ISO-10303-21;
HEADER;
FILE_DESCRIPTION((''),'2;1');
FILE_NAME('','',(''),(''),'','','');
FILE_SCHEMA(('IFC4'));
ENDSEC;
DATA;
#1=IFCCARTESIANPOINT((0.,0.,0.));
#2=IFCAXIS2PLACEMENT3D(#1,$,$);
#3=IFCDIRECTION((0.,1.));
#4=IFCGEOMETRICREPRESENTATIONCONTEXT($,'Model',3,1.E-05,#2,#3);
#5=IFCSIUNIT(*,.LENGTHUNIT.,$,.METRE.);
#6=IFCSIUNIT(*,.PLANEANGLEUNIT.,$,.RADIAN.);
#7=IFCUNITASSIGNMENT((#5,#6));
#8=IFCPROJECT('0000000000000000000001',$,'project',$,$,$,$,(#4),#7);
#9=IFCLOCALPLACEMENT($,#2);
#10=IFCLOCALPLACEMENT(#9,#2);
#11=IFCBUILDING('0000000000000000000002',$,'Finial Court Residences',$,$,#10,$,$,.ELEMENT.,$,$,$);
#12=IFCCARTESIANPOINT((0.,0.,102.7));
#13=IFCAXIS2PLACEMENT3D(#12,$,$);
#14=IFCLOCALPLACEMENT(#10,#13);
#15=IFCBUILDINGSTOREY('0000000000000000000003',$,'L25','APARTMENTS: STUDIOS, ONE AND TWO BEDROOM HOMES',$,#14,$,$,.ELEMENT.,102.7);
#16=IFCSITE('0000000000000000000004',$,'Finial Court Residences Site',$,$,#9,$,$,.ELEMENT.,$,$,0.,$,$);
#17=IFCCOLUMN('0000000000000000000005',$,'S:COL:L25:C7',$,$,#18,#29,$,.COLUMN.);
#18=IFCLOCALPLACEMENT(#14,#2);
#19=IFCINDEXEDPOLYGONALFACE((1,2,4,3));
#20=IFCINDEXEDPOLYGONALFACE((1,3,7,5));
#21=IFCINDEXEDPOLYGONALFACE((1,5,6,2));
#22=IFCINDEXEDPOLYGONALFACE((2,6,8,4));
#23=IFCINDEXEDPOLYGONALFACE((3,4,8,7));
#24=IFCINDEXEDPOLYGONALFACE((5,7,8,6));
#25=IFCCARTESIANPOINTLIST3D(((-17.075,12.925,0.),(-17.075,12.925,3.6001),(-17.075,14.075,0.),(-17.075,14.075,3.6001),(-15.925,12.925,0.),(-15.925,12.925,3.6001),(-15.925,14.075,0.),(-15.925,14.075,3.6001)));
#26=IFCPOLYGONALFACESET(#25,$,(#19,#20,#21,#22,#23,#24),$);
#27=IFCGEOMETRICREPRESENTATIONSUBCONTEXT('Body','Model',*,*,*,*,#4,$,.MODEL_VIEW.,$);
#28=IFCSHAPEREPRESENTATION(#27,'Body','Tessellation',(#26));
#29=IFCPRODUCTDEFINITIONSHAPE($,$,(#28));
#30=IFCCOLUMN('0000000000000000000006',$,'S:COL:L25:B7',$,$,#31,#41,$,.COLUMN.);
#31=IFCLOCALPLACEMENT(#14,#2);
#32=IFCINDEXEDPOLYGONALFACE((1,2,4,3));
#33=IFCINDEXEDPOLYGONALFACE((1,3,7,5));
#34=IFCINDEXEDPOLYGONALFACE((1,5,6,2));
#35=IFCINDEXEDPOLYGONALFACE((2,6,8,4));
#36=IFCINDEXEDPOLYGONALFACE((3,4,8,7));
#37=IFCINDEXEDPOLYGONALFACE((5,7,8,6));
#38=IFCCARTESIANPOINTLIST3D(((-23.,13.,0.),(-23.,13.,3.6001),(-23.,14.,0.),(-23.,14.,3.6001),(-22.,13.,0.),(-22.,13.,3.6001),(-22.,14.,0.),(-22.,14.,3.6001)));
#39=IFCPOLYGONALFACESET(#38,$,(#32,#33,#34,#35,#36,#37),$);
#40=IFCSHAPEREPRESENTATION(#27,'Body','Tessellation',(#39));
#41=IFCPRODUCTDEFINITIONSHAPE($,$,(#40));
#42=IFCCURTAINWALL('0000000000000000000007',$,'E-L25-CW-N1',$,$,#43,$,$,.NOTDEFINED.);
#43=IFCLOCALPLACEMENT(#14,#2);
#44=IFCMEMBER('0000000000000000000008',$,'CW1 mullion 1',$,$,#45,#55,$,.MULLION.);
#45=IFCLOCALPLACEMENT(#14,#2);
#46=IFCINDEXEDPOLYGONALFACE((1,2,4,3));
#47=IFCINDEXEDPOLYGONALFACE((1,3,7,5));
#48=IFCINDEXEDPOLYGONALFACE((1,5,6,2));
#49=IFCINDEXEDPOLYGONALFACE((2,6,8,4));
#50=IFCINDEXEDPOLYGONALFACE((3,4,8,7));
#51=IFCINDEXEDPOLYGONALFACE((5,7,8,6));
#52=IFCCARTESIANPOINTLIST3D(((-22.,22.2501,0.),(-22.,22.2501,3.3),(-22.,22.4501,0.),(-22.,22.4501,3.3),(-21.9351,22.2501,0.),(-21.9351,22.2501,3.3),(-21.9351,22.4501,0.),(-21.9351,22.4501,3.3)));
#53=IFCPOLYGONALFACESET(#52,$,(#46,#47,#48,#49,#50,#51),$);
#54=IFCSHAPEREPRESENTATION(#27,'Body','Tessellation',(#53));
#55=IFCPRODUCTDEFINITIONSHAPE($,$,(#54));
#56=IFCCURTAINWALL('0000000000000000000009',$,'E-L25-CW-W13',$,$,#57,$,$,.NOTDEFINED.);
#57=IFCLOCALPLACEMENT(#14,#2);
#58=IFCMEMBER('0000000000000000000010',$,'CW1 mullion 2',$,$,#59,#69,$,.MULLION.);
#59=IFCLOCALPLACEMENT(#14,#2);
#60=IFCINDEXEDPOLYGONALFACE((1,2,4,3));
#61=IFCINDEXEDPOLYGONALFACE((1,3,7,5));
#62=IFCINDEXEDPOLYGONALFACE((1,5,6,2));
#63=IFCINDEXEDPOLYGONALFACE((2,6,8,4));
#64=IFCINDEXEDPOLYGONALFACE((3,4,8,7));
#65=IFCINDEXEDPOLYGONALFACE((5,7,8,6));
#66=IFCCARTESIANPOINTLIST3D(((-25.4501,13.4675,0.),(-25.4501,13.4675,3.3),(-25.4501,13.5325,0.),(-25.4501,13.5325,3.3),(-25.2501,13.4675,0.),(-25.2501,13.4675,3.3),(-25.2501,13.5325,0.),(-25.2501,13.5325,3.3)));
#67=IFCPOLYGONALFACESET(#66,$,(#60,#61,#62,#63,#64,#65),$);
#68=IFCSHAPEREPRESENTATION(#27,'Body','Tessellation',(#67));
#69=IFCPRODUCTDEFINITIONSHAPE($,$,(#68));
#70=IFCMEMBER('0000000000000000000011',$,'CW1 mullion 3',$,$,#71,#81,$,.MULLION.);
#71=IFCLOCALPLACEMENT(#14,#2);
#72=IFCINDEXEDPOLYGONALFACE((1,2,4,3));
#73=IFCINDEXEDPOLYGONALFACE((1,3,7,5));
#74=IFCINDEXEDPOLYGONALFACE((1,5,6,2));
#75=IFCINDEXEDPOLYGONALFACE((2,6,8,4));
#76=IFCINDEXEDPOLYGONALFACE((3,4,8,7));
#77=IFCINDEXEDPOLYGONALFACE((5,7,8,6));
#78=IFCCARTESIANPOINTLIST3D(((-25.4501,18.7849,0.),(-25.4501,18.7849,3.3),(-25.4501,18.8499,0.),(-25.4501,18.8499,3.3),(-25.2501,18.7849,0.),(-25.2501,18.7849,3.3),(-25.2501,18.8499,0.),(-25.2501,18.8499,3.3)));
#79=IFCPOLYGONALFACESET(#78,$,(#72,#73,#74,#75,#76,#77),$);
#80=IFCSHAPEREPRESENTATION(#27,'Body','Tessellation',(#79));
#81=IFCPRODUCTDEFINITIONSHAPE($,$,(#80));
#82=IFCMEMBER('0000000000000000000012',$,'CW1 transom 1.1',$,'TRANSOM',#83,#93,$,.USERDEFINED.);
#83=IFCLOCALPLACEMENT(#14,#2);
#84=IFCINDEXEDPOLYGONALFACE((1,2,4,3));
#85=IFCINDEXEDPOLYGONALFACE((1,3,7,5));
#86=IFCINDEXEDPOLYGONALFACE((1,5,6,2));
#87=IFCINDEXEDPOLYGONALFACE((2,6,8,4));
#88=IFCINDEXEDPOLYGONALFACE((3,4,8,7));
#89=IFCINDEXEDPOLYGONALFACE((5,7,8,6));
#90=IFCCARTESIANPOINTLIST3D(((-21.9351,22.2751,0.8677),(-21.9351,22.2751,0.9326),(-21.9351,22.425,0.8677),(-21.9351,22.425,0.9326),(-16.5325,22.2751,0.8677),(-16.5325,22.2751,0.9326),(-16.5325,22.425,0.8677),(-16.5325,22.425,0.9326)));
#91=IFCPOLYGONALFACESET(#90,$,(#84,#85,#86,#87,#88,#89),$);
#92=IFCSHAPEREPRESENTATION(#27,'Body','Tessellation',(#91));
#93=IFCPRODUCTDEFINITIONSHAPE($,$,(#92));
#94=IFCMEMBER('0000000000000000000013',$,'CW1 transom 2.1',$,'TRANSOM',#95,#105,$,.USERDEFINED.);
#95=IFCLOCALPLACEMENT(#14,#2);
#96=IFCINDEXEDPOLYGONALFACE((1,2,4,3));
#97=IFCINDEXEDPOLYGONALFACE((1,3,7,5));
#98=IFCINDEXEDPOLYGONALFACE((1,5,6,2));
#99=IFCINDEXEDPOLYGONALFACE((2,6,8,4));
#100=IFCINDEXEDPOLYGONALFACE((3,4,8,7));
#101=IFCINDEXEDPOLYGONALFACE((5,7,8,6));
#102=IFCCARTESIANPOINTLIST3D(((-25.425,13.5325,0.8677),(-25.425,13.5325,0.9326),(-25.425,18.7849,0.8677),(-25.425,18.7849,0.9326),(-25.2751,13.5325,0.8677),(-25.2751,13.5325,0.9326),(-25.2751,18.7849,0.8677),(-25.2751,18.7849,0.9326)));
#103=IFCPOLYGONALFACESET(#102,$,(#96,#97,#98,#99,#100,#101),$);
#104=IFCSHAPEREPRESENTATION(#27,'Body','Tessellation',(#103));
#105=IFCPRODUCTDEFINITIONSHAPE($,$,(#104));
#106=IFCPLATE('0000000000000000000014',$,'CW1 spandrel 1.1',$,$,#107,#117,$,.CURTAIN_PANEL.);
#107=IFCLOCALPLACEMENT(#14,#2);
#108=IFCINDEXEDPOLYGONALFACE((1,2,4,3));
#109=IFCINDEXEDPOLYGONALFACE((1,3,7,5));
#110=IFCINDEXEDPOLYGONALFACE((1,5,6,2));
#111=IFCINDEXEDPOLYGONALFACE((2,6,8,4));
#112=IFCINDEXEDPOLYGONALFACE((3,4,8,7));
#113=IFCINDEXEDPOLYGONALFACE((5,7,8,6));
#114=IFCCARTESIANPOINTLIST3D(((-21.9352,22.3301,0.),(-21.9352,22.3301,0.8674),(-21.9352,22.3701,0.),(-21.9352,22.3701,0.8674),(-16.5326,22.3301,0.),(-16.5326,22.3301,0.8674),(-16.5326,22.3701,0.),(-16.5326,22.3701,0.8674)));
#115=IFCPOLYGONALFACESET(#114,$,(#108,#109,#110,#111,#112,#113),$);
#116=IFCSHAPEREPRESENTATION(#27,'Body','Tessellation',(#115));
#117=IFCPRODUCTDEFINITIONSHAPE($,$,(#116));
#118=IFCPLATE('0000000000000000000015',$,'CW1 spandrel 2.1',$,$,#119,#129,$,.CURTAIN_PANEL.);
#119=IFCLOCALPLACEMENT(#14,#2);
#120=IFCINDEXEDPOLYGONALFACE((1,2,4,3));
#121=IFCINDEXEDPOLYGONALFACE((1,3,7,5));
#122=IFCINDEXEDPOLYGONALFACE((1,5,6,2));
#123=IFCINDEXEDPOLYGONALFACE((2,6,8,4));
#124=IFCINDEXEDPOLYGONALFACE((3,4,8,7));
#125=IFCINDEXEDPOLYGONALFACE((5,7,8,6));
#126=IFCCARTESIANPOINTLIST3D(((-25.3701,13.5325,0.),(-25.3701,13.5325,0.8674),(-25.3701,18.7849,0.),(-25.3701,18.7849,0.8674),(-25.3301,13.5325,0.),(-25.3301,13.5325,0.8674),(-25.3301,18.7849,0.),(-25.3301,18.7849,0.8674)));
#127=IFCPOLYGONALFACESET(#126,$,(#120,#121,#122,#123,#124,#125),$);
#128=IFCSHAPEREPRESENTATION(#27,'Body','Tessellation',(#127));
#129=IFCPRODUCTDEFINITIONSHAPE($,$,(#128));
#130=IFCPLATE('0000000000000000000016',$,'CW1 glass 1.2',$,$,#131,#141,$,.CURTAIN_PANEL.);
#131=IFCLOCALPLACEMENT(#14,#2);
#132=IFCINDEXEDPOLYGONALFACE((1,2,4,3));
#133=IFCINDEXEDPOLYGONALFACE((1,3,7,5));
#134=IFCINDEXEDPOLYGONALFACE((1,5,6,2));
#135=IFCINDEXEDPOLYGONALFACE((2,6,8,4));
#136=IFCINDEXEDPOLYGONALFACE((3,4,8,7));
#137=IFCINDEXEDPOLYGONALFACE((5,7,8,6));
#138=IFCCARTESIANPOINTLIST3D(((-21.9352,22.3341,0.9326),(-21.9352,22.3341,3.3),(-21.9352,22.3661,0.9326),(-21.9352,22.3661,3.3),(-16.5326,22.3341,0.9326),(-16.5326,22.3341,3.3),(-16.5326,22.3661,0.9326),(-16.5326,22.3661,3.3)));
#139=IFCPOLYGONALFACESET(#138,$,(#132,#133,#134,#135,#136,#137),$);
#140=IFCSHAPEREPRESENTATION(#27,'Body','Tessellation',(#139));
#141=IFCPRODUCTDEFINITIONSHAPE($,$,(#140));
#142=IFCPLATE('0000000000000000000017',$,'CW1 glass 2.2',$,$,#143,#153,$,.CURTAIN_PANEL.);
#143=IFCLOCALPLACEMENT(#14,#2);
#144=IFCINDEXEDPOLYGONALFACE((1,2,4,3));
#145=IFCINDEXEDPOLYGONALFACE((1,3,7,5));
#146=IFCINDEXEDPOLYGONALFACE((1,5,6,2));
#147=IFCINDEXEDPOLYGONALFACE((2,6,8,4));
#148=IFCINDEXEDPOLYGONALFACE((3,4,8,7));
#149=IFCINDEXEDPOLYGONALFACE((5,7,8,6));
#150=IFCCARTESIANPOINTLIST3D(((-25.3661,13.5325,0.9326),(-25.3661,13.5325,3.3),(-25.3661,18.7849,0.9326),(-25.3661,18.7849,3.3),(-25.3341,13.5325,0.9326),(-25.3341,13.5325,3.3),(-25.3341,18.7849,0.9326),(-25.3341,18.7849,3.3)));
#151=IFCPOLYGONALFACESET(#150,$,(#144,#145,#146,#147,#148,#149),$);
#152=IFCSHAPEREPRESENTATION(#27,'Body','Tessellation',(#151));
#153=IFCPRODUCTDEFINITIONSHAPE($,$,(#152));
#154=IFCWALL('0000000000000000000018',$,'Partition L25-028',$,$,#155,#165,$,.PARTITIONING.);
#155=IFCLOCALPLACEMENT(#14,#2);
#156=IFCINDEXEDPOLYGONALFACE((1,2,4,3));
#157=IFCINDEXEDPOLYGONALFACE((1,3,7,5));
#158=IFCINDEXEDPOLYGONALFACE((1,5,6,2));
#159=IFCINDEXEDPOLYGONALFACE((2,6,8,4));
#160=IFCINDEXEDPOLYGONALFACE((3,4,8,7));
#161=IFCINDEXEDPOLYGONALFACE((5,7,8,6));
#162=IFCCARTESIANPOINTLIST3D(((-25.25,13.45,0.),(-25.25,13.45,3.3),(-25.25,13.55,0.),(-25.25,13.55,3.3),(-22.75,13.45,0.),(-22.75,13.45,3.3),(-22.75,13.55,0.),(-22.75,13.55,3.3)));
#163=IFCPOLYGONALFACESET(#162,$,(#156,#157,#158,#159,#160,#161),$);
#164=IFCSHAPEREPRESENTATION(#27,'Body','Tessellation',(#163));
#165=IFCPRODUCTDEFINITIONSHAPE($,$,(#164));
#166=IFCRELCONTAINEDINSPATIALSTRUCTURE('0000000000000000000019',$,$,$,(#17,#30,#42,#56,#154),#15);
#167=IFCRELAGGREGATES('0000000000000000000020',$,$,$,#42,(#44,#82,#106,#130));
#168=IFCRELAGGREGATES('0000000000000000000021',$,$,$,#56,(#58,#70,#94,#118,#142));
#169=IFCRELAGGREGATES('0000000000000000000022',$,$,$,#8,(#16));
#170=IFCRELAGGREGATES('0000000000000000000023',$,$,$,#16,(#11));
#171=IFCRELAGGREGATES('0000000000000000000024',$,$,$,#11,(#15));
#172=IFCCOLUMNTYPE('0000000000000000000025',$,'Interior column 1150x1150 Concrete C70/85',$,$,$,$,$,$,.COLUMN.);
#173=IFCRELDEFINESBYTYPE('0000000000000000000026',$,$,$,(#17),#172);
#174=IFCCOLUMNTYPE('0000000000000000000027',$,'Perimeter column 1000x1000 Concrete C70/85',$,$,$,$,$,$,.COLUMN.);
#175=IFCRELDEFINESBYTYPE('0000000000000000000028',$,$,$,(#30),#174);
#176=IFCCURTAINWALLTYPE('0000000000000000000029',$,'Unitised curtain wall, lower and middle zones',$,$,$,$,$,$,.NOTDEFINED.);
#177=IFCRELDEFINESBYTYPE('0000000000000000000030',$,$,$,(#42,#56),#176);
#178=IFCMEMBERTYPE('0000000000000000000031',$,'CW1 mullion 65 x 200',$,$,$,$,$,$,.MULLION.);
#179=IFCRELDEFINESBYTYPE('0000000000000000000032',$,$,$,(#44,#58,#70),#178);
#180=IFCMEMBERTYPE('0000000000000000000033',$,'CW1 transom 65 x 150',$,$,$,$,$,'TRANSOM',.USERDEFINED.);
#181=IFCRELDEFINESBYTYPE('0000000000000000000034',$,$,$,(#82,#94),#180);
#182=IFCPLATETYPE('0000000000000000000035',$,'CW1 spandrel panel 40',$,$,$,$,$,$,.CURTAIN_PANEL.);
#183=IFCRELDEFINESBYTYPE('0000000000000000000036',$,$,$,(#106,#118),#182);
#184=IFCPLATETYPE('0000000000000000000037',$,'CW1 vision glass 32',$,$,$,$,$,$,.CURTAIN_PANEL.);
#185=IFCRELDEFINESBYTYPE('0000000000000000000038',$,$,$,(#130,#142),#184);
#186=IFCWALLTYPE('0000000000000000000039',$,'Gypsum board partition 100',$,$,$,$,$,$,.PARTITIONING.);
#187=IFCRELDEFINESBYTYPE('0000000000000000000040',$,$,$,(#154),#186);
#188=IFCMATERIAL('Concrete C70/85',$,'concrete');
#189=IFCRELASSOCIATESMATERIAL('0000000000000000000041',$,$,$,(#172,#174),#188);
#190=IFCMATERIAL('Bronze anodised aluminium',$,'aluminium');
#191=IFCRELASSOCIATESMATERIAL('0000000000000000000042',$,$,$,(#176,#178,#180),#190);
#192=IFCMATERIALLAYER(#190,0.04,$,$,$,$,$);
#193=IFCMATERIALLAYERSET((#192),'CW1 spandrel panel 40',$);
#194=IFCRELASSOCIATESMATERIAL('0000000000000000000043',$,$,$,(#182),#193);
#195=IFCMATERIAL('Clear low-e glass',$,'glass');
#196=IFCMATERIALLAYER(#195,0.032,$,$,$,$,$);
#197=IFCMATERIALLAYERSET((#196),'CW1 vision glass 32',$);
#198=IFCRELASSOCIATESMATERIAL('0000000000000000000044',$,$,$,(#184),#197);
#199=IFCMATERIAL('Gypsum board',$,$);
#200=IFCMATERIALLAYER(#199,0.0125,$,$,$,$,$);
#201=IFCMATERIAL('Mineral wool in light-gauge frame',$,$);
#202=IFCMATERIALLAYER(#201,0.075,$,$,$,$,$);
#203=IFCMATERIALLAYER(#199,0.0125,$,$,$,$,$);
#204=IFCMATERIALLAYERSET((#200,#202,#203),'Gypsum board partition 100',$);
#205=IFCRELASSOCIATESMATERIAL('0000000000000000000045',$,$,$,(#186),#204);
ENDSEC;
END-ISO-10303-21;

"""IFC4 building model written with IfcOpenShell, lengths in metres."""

from ifc_helpers import new_model, si_unit, direction, frame, frame_2d, origin, origin_2d, place, context, subcontext, project, spatial, rectangle, extrude, material, layer, layer_set, material_profile, profile_set, type_object, element, aggregate, save


model = new_model("IFC4")

# Units and contexts
model_context = context("Model", 3, precision=1e-05, world=origin(), true_north=direction((0.0, 1.0)))
body_context = subcontext(model_context, "Body", "Model", "MODEL_VIEW")
ifc_project = project(units=[si_unit("LENGTHUNIT", "METRE"), si_unit("PLANEANGLEUNIT", "RADIAN")], contexts=[model_context])

# Site, building, storey
site_placement = place(None, origin())
site = spatial("IfcSite", under=ifc_project, at=site_placement, Name="Finial Court Residences Site", CompositionType="ELEMENT", RefElevation=0.0)
building_placement = place(site_placement, origin())
building = spatial("IfcBuilding", under=site, at=building_placement, Name="Finial Court Residences", CompositionType="ELEMENT")
storey_placement = place(building_placement, frame((0.0, 0.0, 102.7)))
storey = spatial("IfcBuildingStorey", under=building, at=storey_placement, Name="L25", Description="APARTMENTS: STUDIOS, ONE AND TWO BEDROOM HOMES", CompositionType="ELEMENT", Elevation=102.7)

# Columns
ifc_material_1 = material(Name="Concrete C70/85", Category="concrete")
ifc_material_profile_1 = material_profile(ifc_material_1, rectangle(XDim=1.1499, YDim=1.1499, at=origin_2d()), Name="1150x1150")
ifc_profile_set_1 = profile_set([ifc_material_profile_1], Name="Concrete C70/85")
column_type_1 = type_object("IfcColumnType", Name="Interior column 1150x1150 Concrete C70/85", PredefinedType="COLUMN", material=ifc_profile_set_1)
column_1_placement = place(storey_placement, frame((-16.5, 13.5, 0.0), z_axis=(0.0, 0.0, 1.0), x_axis=(1.0, 0.0, 0.0)))
element("IfcColumn", 1, at=column_1_placement, inside=storey, type_object=column_type_1, Name="S:COL:L25:C7", PredefinedType="COLUMN", context=body_context, shape_type="SweptSolid", body=[
    extrude(rectangle(XDim=1.1499, YDim=1.1499, at=origin_2d()), origin(), (0.0, 0.0, 1.0), 3.6001),
])
ifc_material_profile_2 = material_profile(ifc_material_1, rectangle(XDim=1.0, YDim=1.0, at=origin_2d()), Name="1000x1000")
ifc_profile_set_2 = profile_set([ifc_material_profile_2], Name="Concrete C70/85")
column_type_2 = type_object("IfcColumnType", Name="Perimeter column 1000x1000 Concrete C70/85", PredefinedType="COLUMN", material=ifc_profile_set_2)
column_2_placement = place(storey_placement, frame((-22.5, 13.5, 0.0), z_axis=(0.0, 0.0, 1.0), x_axis=(1.0, 0.0, 0.0)))
element("IfcColumn", 2, at=column_2_placement, inside=storey, type_object=column_type_2, Name="S:COL:L25:B7", PredefinedType="COLUMN", context=body_context, shape_type="SweptSolid", body=[
    extrude(rectangle(XDim=1.0, YDim=1.0, at=origin_2d()), origin(), (0.0, 0.0, 1.0), 3.6001),
])

# Curtain wall, member
ifc_material_2 = material(Name="Bronze anodised aluminium", Category="aluminium")
curtain_wall_type = type_object("IfcCurtainWallType", Name="Unitised curtain wall, lower and middle zones", PredefinedType="NOTDEFINED", material=ifc_material_2)
curtain_wall_1_placement = place(storey_placement, origin())
curtain_wall_1 = element("IfcCurtainWall", 3, at=curtain_wall_1_placement, inside=storey, type_object=curtain_wall_type, Name="E-L25-CW-N1", PredefinedType="NOTDEFINED")
ifc_material_profile_3 = material_profile(ifc_material_2, rectangle(XDim=0.2, YDim=0.0649, at=origin_2d()), Name="CW1 mullion 65 x 200")
ifc_profile_set_3 = profile_set([ifc_material_profile_3], Name="Bronze anodised aluminium")
member_type_1 = type_object("IfcMemberType", Name="CW1 mullion 65 x 200", PredefinedType="MULLION", material=ifc_profile_set_3)
member_1_placement = place(storey_placement, frame((-21.9675, 22.3501, 0.0), z_axis=(0.0, 0.0, 1.0), x_axis=(0.0, 1.0, 0.0)))
member_1 = element("IfcMember", 4, at=member_1_placement, type_object=member_type_1, Name="CW1 mullion 1", PredefinedType="MULLION", context=body_context, shape_type="SweptSolid", body=[
    extrude(rectangle(XDim=0.2, YDim=0.0649, at=origin_2d()), origin(), (0.0, 0.0, 1.0), 3.3),
])

# Curtain wall, members
curtain_wall_2_placement = place(storey_placement, origin())
curtain_wall_2 = element("IfcCurtainWall", 5, at=curtain_wall_2_placement, inside=storey, type_object=curtain_wall_type, Name="E-L25-CW-W13", PredefinedType="NOTDEFINED")
member_2_placement = place(storey_placement, frame((-25.3501, 13.5, 0.0), z_axis=(0.0, 0.0, 1.0), x_axis=(-1.0, 0.0, 0.0)))
member_2 = element("IfcMember", 6, at=member_2_placement, type_object=member_type_1, Name="CW1 mullion 2", PredefinedType="MULLION", context=body_context, shape_type="SweptSolid", body=[
    extrude(rectangle(XDim=0.2, YDim=0.0649, at=origin_2d()), origin(), (0.0, 0.0, 1.0), 3.3),
])
member_3_placement = place(storey_placement, frame((-25.3501, 18.8174, 0.0), z_axis=(0.0, 0.0, 1.0), x_axis=(-1.0, 0.0, 0.0)))
member_3 = element("IfcMember", 7, at=member_3_placement, type_object=member_type_1, Name="CW1 mullion 3", PredefinedType="MULLION", context=body_context, shape_type="SweptSolid", body=[
    extrude(rectangle(XDim=0.2, YDim=0.0649, at=origin_2d()), origin(), (0.0, 0.0, 1.0), 3.3),
])

# Members
ifc_material_profile_4 = material_profile(ifc_material_2, rectangle(XDim=0.1499, YDim=0.0649, at=origin_2d()), Name="CW1 transom 65 x 150")
ifc_profile_set_4 = profile_set([ifc_material_profile_4], Name="Bronze anodised aluminium")
member_type_2 = type_object("IfcMemberType", Name="CW1 transom 65 x 150", ElementType="TRANSOM", PredefinedType="USERDEFINED", material=ifc_profile_set_4)
member_4_placement = place(storey_placement, frame((-21.9351, 22.3501, 0.9001), z_axis=(1.0, 0.0, 0.0), x_axis=(0.0, 1.0, 0.0)))
member_4 = element("IfcMember", 8, at=member_4_placement, type_object=member_type_2, Name="CW1 transom 1.1", ObjectType="TRANSOM", PredefinedType="USERDEFINED", context=body_context, shape_type="SweptSolid", body=[
    extrude(rectangle(XDim=0.1499, YDim=0.0649, at=origin_2d()), origin(), (0.0, 0.0, 1.0), 5.4026),
])
member_5_placement = place(storey_placement, frame((-25.3501, 13.5325, 0.9001), z_axis=(0.0, 1.0, 0.0), x_axis=(-1.0, 0.0, 0.0)))
member_5 = element("IfcMember", 9, at=member_5_placement, type_object=member_type_2, Name="CW1 transom 2.1", ObjectType="TRANSOM", PredefinedType="USERDEFINED", context=body_context, shape_type="SweptSolid", body=[
    extrude(rectangle(XDim=0.1499, YDim=0.0649, at=origin_2d()), origin(), (0.0, 0.0, 1.0), 5.2524),
])

# Plates
ifc_layer_1 = layer(ifc_material_2, 0.04)
ifc_layer_set_1 = layer_set([ifc_layer_1], Name="CW1 spandrel panel 40")
plate_type_1 = type_object("IfcPlateType", Name="CW1 spandrel panel 40", PredefinedType="CURTAIN_PANEL", material=ifc_layer_set_1)
plate_1_placement = place(storey_placement, frame((-19.2339, 22.3501, 0.0), z_axis=(0.0, 0.0, 1.0), x_axis=(1.0, 0.0, 0.0)))
plate_1 = element("IfcPlate", 10, at=plate_1_placement, type_object=plate_type_1, Name="CW1 spandrel 1.1", PredefinedType="CURTAIN_PANEL", context=body_context, shape_type="SweptSolid", body=[
    extrude(rectangle(XDim=5.4026, YDim=0.04, at=origin_2d()), origin(), (0.0, 0.0, 1.0), 0.8674),
])
plate_2_placement = place(storey_placement, frame((-25.3501, 16.1587, 0.0), z_axis=(0.0, 0.0, 1.0), x_axis=(0.0, 1.0, 0.0)))
plate_2 = element("IfcPlate", 11, at=plate_2_placement, type_object=plate_type_1, Name="CW1 spandrel 2.1", PredefinedType="CURTAIN_PANEL", context=body_context, shape_type="SweptSolid", body=[
    extrude(rectangle(XDim=5.2524, YDim=0.04, at=origin_2d()), origin(), (0.0, 0.0, 1.0), 0.8674),
])
ifc_material_3 = material(Name="Clear low-e glass", Category="glass")
ifc_layer_2 = layer(ifc_material_3, 0.032)
ifc_layer_set_2 = layer_set([ifc_layer_2], Name="CW1 vision glass 32")
plate_type_2 = type_object("IfcPlateType", Name="CW1 vision glass 32", PredefinedType="CURTAIN_PANEL", material=ifc_layer_set_2)
plate_3_placement = place(storey_placement, frame((-19.2339, 22.3501, 0.9326), z_axis=(0.0, 0.0, 1.0), x_axis=(1.0, 0.0, 0.0)))
plate_3 = element("IfcPlate", 12, at=plate_3_placement, type_object=plate_type_2, Name="CW1 glass 1.2", PredefinedType="CURTAIN_PANEL", context=body_context, shape_type="SweptSolid", body=[
    extrude(rectangle(XDim=5.4026, YDim=0.032, at=origin_2d()), origin(), (0.0, 0.0, 1.0), 2.3674),
])
aggregate(curtain_wall_1, [member_1, member_4, plate_1, plate_3])
plate_4_placement = place(storey_placement, frame((-25.3501, 16.1587, 0.9326), z_axis=(0.0, 0.0, 1.0), x_axis=(0.0, 1.0, 0.0)))
plate_4 = element("IfcPlate", 13, at=plate_4_placement, type_object=plate_type_2, Name="CW1 glass 2.2", PredefinedType="CURTAIN_PANEL", context=body_context, shape_type="SweptSolid", body=[
    extrude(rectangle(XDim=5.2524, YDim=0.032, at=origin_2d()), origin(), (0.0, 0.0, 1.0), 2.3674),
])
aggregate(curtain_wall_2, [member_2, member_3, member_5, plate_2, plate_4])

# Wall
ifc_material_4 = material(Name="Gypsum board")
ifc_layer_3 = layer(ifc_material_4, 0.0125)
ifc_material_5 = material(Name="Mineral wool in light-gauge frame")
ifc_layer_4 = layer(ifc_material_5, 0.075)
ifc_layer_5 = layer(ifc_material_4, 0.0125)
ifc_layer_set_3 = layer_set([ifc_layer_3, ifc_layer_4, ifc_layer_5], Name="Gypsum board partition 100")
wall_type_1 = type_object("IfcWallType", Name="Gypsum board partition 100", PredefinedType="PARTITIONING", material=ifc_layer_set_3)
wall_1_placement = place(storey_placement, frame((-25.25, 13.5, 0.0), z_axis=(0.0, 0.0, 1.0), x_axis=(1.0, 0.0, 0.0)))
element("IfcWall", 14, at=wall_1_placement, inside=storey, type_object=wall_type_1, Name="Partition L25-028", PredefinedType="PARTITIONING", context=body_context, shape_type="SweptSolid", body=[
    extrude(rectangle(XDim=2.5, YDim=0.1001, at=frame_2d((1.25, 0.0))), origin(), (0.0, 0.0, 1.0), 3.3),
])

save(model, "model.ifc")
